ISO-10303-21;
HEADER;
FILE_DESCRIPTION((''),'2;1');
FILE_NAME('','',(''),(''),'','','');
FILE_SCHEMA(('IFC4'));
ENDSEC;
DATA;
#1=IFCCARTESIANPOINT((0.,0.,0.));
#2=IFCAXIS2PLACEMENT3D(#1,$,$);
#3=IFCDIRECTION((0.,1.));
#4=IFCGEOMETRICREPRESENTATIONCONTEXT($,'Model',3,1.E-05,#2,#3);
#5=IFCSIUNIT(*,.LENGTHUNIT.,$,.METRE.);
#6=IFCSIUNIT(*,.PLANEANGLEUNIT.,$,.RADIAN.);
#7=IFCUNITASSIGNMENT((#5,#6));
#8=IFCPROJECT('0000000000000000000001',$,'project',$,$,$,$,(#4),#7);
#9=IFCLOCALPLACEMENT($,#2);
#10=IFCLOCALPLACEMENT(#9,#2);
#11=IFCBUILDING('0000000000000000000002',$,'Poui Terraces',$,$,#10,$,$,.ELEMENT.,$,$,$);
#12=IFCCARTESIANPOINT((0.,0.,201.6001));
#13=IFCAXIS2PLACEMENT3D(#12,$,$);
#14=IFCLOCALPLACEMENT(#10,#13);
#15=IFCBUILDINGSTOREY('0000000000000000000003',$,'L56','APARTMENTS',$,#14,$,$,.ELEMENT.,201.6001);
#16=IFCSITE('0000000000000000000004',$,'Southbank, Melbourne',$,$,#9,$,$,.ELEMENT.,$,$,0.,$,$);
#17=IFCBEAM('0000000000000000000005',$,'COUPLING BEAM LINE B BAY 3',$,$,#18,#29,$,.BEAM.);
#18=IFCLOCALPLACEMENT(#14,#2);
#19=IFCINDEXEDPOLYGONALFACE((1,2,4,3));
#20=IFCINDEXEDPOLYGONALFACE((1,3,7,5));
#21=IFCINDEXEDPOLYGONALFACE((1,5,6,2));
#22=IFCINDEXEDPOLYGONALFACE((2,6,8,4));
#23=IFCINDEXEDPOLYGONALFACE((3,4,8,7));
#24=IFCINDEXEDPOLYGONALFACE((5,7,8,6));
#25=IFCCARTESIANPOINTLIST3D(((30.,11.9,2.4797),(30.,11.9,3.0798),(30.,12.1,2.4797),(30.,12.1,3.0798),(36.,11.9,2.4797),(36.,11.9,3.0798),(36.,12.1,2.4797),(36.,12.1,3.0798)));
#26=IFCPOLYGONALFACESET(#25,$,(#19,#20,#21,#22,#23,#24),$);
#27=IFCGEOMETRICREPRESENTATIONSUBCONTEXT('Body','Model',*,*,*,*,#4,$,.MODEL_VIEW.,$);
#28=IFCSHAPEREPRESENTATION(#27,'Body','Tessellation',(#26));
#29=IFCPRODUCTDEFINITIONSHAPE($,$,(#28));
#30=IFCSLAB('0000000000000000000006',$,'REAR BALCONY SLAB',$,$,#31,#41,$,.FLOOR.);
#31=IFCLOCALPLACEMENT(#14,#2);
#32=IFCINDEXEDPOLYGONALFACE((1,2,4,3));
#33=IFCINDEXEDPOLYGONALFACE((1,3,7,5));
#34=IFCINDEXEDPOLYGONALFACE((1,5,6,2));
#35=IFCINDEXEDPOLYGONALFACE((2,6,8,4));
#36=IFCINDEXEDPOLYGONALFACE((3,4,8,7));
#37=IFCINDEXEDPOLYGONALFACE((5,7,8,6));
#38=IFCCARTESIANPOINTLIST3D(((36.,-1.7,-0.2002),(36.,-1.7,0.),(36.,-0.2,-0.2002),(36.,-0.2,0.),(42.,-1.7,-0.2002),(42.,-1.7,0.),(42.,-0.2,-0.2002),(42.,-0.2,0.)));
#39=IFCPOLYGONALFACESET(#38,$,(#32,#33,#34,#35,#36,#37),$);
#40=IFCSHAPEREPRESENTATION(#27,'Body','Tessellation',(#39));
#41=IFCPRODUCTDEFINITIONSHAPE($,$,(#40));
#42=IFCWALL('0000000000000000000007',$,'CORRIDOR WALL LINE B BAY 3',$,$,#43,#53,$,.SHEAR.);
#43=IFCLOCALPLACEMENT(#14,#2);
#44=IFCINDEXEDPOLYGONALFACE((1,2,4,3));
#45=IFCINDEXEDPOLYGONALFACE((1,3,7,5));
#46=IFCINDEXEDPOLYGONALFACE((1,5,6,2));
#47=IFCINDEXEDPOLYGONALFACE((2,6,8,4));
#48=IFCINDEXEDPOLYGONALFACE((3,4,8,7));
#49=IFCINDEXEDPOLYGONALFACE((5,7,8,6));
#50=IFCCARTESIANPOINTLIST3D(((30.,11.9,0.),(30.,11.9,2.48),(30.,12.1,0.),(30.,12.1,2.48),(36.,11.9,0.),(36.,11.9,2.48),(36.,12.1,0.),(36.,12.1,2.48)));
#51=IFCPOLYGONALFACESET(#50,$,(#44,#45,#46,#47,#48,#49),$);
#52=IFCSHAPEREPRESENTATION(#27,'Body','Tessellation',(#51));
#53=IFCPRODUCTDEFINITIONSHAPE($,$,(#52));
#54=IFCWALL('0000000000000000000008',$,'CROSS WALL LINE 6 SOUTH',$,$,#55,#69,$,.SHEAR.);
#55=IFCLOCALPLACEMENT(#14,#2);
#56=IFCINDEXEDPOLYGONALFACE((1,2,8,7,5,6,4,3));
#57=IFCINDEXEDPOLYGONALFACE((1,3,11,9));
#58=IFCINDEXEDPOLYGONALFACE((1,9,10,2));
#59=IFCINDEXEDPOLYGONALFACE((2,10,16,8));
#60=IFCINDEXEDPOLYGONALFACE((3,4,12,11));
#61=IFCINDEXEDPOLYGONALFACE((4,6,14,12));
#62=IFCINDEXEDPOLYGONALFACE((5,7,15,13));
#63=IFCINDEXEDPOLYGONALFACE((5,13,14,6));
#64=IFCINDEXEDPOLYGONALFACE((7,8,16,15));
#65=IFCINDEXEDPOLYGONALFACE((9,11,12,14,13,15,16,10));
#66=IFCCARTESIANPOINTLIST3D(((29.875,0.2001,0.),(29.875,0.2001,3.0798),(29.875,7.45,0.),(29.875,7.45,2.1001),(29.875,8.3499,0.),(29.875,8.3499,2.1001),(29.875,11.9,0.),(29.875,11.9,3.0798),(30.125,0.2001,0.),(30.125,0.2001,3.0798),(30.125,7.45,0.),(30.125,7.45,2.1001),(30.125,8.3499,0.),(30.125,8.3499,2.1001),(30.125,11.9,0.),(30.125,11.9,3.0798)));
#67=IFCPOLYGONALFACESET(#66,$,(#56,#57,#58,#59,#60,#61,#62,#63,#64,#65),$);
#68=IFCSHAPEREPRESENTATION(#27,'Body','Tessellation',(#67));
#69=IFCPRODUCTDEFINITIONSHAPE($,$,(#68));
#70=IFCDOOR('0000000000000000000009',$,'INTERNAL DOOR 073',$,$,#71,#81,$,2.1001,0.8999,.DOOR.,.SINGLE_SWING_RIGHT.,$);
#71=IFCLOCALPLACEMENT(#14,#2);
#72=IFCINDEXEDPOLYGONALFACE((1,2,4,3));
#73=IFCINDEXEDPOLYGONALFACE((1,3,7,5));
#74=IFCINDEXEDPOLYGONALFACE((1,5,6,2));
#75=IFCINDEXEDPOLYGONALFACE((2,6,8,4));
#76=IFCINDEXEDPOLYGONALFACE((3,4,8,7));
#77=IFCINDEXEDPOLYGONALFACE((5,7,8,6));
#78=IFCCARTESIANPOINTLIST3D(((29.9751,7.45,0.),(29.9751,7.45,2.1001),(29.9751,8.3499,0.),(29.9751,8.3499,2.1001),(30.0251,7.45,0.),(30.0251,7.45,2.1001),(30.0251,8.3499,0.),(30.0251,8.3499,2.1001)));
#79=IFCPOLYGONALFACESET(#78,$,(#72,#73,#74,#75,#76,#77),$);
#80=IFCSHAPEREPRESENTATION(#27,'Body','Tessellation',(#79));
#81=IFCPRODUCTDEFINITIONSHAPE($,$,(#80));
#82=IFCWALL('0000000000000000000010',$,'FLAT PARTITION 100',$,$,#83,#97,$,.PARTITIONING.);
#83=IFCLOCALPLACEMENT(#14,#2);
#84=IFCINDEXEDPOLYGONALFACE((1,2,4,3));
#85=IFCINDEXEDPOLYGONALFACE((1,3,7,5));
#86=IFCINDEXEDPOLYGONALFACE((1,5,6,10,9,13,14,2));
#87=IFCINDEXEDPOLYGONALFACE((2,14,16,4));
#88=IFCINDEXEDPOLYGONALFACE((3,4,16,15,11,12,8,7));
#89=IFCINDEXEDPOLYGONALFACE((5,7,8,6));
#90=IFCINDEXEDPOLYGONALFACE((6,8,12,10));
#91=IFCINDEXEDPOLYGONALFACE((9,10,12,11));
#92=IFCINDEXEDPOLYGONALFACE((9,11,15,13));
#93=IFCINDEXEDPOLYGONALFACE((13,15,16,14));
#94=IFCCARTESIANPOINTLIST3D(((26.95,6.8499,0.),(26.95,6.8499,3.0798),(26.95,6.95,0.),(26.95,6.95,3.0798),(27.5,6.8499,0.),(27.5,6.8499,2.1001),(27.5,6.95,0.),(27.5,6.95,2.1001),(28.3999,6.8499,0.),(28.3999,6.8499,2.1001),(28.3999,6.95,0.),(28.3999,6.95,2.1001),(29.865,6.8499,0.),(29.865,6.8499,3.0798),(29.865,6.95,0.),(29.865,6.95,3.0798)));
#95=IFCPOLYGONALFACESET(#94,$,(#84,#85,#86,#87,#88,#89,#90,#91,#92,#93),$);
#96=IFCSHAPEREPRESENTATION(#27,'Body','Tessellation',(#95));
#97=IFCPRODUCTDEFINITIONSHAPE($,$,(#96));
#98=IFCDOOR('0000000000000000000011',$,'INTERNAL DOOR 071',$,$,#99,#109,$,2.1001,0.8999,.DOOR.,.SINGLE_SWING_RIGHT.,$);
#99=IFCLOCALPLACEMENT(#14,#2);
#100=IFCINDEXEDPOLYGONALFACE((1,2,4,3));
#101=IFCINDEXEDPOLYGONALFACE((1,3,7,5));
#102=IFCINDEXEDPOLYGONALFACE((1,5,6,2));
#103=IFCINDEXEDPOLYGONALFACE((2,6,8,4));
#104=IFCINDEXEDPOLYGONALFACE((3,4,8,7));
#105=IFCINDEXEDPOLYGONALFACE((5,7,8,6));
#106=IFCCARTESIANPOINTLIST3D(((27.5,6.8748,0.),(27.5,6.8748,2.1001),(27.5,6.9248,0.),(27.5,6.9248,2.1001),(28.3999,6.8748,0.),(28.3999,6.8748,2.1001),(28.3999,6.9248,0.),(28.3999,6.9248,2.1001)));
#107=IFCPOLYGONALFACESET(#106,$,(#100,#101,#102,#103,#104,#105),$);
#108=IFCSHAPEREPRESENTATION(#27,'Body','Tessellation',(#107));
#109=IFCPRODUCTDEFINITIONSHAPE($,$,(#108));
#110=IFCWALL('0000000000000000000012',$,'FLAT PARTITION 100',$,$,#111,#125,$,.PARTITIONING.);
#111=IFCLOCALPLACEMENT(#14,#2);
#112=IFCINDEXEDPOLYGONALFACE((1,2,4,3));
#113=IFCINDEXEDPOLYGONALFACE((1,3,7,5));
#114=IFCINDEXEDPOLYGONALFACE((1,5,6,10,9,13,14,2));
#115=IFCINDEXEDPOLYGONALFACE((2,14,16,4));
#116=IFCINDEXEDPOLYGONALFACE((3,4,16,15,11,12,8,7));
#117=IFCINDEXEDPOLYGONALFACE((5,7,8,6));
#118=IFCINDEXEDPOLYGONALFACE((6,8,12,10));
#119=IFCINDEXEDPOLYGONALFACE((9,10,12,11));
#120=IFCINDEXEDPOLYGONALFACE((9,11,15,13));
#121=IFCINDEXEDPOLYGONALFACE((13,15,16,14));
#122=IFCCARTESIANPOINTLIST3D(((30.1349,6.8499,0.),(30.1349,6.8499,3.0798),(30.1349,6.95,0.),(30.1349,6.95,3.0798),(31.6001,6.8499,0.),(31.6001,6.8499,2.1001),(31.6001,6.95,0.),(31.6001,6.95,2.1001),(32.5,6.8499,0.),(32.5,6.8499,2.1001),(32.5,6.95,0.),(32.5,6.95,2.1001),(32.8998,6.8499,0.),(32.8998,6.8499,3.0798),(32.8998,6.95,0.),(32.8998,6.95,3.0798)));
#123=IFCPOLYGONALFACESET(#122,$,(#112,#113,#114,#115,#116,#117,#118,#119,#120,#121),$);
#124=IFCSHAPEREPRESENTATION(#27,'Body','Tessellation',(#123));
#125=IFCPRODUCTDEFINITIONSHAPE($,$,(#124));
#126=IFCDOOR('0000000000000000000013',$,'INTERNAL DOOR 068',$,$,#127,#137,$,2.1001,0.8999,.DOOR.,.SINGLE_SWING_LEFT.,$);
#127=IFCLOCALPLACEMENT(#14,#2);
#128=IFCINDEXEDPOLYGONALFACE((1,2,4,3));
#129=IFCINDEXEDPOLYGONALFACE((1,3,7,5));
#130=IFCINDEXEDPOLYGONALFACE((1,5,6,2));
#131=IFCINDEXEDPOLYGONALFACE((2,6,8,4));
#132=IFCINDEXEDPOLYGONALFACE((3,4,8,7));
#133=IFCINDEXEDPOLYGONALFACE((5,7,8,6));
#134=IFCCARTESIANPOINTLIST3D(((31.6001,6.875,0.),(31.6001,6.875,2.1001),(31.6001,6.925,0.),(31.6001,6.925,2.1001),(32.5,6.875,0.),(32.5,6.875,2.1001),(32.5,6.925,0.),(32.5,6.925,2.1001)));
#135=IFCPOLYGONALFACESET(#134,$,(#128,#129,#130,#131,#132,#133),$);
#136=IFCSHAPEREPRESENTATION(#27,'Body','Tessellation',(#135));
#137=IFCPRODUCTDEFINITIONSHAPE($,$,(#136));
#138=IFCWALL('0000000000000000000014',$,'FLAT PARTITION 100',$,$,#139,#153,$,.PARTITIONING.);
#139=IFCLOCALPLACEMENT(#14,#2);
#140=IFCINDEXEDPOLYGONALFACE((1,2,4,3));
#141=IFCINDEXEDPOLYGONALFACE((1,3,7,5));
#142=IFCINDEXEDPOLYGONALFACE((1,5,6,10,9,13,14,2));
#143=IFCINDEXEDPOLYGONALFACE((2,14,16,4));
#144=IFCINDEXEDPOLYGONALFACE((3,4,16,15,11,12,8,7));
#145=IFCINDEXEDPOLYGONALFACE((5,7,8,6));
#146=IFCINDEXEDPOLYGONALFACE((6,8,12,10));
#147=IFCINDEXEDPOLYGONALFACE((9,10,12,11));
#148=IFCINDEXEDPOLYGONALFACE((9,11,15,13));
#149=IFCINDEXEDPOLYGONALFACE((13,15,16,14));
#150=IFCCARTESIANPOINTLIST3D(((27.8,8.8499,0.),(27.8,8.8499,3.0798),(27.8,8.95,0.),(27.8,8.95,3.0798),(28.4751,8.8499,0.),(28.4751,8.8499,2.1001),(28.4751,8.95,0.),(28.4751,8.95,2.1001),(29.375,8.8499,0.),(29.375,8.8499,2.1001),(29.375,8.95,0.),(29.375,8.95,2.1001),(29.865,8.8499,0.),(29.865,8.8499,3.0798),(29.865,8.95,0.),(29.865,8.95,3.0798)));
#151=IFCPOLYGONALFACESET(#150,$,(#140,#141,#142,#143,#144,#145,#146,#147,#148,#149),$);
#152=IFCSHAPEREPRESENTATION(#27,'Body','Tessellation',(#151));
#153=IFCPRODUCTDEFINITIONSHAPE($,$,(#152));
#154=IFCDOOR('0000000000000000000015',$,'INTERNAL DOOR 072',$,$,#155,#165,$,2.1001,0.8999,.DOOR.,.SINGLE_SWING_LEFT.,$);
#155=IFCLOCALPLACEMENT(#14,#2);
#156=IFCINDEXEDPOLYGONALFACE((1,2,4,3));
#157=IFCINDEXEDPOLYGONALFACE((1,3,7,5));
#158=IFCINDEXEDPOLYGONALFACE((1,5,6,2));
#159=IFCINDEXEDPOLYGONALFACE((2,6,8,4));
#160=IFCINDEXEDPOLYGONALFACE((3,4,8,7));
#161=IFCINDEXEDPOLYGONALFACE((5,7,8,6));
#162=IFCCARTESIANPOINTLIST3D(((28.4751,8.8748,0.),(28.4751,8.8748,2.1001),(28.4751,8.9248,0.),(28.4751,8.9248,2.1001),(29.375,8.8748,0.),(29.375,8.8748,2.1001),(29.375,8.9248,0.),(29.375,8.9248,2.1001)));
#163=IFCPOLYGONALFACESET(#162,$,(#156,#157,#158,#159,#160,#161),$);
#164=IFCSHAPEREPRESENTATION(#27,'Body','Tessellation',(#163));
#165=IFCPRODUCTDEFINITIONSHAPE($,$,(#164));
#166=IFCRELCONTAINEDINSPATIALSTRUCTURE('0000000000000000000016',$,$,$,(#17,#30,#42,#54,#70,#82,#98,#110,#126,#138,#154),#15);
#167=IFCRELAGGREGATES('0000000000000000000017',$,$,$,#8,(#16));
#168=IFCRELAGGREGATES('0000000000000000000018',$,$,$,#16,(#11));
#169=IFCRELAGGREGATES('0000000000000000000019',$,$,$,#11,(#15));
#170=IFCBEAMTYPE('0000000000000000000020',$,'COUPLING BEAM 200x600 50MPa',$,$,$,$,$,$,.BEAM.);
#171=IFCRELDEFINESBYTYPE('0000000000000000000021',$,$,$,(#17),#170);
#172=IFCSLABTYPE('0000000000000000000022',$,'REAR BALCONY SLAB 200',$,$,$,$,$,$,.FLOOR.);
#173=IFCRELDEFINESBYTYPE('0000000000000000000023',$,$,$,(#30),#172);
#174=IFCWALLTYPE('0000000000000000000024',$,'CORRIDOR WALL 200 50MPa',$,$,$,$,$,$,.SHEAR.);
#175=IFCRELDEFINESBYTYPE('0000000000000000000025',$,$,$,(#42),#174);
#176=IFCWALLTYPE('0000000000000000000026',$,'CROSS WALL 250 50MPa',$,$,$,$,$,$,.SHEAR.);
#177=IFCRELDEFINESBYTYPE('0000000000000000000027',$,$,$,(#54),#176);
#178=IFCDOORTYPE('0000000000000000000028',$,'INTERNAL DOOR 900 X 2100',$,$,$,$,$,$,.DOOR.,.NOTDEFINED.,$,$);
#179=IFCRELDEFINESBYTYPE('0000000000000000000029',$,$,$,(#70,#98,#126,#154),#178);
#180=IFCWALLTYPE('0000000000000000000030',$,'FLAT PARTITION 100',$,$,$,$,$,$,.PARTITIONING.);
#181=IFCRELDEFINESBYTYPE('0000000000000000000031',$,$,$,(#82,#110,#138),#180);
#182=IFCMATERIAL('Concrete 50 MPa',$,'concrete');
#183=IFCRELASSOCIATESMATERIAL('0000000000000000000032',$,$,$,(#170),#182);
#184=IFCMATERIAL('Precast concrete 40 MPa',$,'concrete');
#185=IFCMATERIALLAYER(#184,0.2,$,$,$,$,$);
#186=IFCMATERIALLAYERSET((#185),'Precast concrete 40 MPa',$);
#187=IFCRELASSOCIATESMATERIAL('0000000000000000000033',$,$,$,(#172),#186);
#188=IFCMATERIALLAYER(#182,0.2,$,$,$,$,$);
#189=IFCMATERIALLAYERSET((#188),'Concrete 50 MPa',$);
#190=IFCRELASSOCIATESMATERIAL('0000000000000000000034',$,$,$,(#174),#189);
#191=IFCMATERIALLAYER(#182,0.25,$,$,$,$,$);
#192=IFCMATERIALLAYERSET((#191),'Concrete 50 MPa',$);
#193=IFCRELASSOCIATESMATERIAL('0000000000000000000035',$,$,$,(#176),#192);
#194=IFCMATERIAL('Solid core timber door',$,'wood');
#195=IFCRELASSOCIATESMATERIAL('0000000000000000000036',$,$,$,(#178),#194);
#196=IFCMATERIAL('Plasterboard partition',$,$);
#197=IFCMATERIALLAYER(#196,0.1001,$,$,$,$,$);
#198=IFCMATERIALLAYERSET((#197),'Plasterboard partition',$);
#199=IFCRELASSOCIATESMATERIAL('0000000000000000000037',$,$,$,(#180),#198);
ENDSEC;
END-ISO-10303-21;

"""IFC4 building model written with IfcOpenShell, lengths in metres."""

from ifc_helpers import new_model, si_unit, direction, frame, frame_2d, origin, origin_2d, place, context, subcontext, project, spatial, polyline, rectangle, outline, extrude, source, transform, mapped, material, layer, layer_set, material_profile, profile_set, type_object, element, fill, save


model = new_model("IFC4")

# Units and contexts
model_context = context("Model", 3, precision=1e-05, world=origin(), true_north=direction((0.0, 1.0)))
body_context = subcontext(model_context, "Body", "Model", "MODEL_VIEW")
ifc_project = project(units=[si_unit("LENGTHUNIT", "METRE"), si_unit("PLANEANGLEUNIT", "RADIAN")], contexts=[model_context])

# Site, building, storey
site_placement = place(None, origin())
site = spatial("IfcSite", under=ifc_project, at=site_placement, Name="Southbank, Melbourne", CompositionType="ELEMENT", RefElevation=0.0)
building_placement = place(site_placement, origin())
building = spatial("IfcBuilding", under=site, at=building_placement, Name="Poui Terraces", CompositionType="ELEMENT")
storey_placement = place(building_placement, frame((0.0, 0.0, 201.6001)))
storey = spatial("IfcBuildingStorey", under=building, at=storey_placement, Name="L56", Description="APARTMENTS", CompositionType="ELEMENT", Elevation=201.6001)

# Beam
ifc_material_1 = material(Name="Concrete 50 MPa", Category="concrete")
ifc_material_profile_1 = material_profile(ifc_material_1, rectangle(XDim=0.2, YDim=0.6001, at=origin_2d()), Name="RC 200x600")
ifc_profile_set_1 = profile_set([ifc_material_profile_1], Name="Concrete 50 MPa")
beam_type = type_object("IfcBeamType", Name="COUPLING BEAM 200x600 50MPa", PredefinedType="BEAM", material=ifc_profile_set_1)
shared_shape_1 = source(origin(), body_context, "Body", "SweptSolid", [
    extrude(rectangle(XDim=0.2, YDim=0.6001, at=origin_2d()), origin(), (0.0, 0.0, 1.0), 6.0),
])
beam_placement = place(storey_placement, frame((30.0, 12.0, 2.7798), z_axis=(1.0, 0.0, 0.0), x_axis=(0.0, 1.0, 0.0)))
element("IfcBeam", 1, at=beam_placement, inside=storey, type_object=beam_type, Name="COUPLING BEAM LINE B BAY 3", PredefinedType="BEAM", context=body_context, shape_type="MappedRepresentation", body=[
    mapped(shared_shape_1, transform((0.0, 0.0, 0.0))),
])

# Slab
ifc_material_2 = material(Name="Precast concrete 40 MPa", Category="concrete")
ifc_layer_1 = layer(ifc_material_2, 0.2)
ifc_layer_set_1 = layer_set([ifc_layer_1], Name="Precast concrete 40 MPa")
slab_type = type_object("IfcSlabType", Name="REAR BALCONY SLAB 200", PredefinedType="FLOOR", material=ifc_layer_set_1)
shared_shape_2 = source(origin(), body_context, "Body", "SweptSolid", [
    extrude(outline(polyline([(0.0, 0.0), (6.0, 0.0), (6.0, 1.5), (0.0, 1.5), (0.0, 0.0)])), origin(), (0.0, 0.0, 1.0), 0.2002),
])
slab_placement = place(storey_placement, frame((36.0, -1.7, -0.2002)))
element("IfcSlab", 2, at=slab_placement, inside=storey, type_object=slab_type, Name="REAR BALCONY SLAB", PredefinedType="FLOOR", context=body_context, shape_type="MappedRepresentation", body=[
    mapped(shared_shape_2, transform((0.0, 0.0, 0.0))),
])

# Wall
ifc_layer_2 = layer(ifc_material_1, 0.2)
ifc_layer_set_2 = layer_set([ifc_layer_2], Name="Concrete 50 MPa")
wall_type_1 = type_object("IfcWallType", Name="CORRIDOR WALL 200 50MPa", PredefinedType="SHEAR", material=ifc_layer_set_2)
wall_1_placement = place(storey_placement, frame((30.0, 12.0, 0.0), z_axis=(0.0, 0.0, 1.0), x_axis=(1.0, 0.0, 0.0)))
element("IfcWall", 3, at=wall_1_placement, inside=storey, type_object=wall_type_1, Name="CORRIDOR WALL LINE B BAY 3", PredefinedType="SHEAR", context=body_context, shape_type="SweptSolid", body=[
    extrude(rectangle(XDim=6.0, YDim=0.2, at=frame_2d((3.0, 0.0))), origin(), (0.0, 0.0, 1.0), 2.48),
])

# Walls, openings, doors
ifc_layer_3 = layer(ifc_material_1, 0.25)
ifc_layer_set_3 = layer_set([ifc_layer_3], Name="Concrete 50 MPa")
wall_type_2 = type_object("IfcWallType", Name="CROSS WALL 250 50MPa", PredefinedType="SHEAR", material=ifc_layer_set_3)
wall_2_placement = place(storey_placement, frame((30.0, 0.2, 0.0), z_axis=(0.0, 0.0, 1.0), x_axis=(0.0, 1.0, 0.0)))
wall_2 = element("IfcWall", 4, at=wall_2_placement, inside=storey, type_object=wall_type_2, Name="CROSS WALL LINE 6 SOUTH", PredefinedType="SHEAR", context=body_context, shape_type="SweptSolid", body=[
    extrude(rectangle(XDim=11.7, YDim=0.25, at=frame_2d((5.8501, 0.0))), origin(), (0.0, 0.0, 1.0), 3.0798),
])
opening_1_placement = place(wall_2_placement, frame((7.25, 0.0, 0.0)))
opening_1 = element("IfcOpeningElement", 5, at=opening_1_placement, cuts=wall_2, PredefinedType="OPENING", context=body_context, shape_type="SweptSolid", body=[
    extrude(rectangle(XDim=0.8999, YDim=2.1001, at=frame_2d((0.45, 1.05))), frame((0.0, 0.135, 0.0), z_axis=(0.0, -1.0, 0.0), x_axis=(1.0, 0.0, 0.0)), (0.0, 0.0, 1.0), 0.27),
])
ifc_material_3 = material(Name="Solid core timber door", Category="wood")
door_type_1 = type_object("IfcDoorType", Name="INTERNAL DOOR 900 X 2100", OperationType="NOTDEFINED", PredefinedType="DOOR", material=ifc_material_3)
door_1_placement = place(opening_1_placement, origin())
door_1 = element("IfcDoor", 6, at=door_1_placement, inside=storey, type_object=door_type_1, Name="INTERNAL DOOR 073", OperationType="SINGLE_SWING_RIGHT", OverallHeight=2.1001, OverallWidth=0.8999, PredefinedType="DOOR", context=body_context, shape_type="SweptSolid", body=[
    extrude(rectangle(XDim=0.8999, YDim=2.1001, at=frame_2d((0.45, 1.05))), frame((0.0, 0.0249, 0.0), z_axis=(0.0, -1.0, 0.0), x_axis=(1.0, 0.0, 0.0)), (0.0, 0.0, 1.0), 0.05),
])
fill(opening_1, door_1)
ifc_material_4 = material(Name="Plasterboard partition")
ifc_layer_4 = layer(ifc_material_4, 0.1001)
ifc_layer_set_4 = layer_set([ifc_layer_4], Name="Plasterboard partition")
wall_type_3 = type_object("IfcWallType", Name="FLAT PARTITION 100", PredefinedType="PARTITIONING", material=ifc_layer_set_4)
wall_3_placement = place(storey_placement, frame((26.95, 6.8999, 0.0), z_axis=(0.0, 0.0, 1.0), x_axis=(1.0, 0.0, 0.0)))
wall_3 = element("IfcWall", 7, at=wall_3_placement, inside=storey, type_object=wall_type_3, Name="FLAT PARTITION 100", PredefinedType="PARTITIONING", context=body_context, shape_type="SweptSolid", body=[
    extrude(rectangle(XDim=2.915, YDim=0.1001, at=frame_2d((1.4575, 0.0))), origin(), (0.0, 0.0, 1.0), 3.0798),
])
opening_2_placement = place(wall_3_placement, frame((0.55, 0.0, 0.0)))
opening_2 = element("IfcOpeningElement", 8, at=opening_2_placement, cuts=wall_3, PredefinedType="OPENING", context=body_context, shape_type="SweptSolid", body=[
    extrude(rectangle(XDim=0.8999, YDim=2.1001, at=frame_2d((0.45, 1.05))), frame((0.0, 0.0601, 0.0), z_axis=(0.0, -1.0, 0.0), x_axis=(1.0, 0.0, 0.0)), (0.0, 0.0, 1.0), 0.1201),
])
door_2_placement = place(opening_2_placement, origin())
door_2 = element("IfcDoor", 9, at=door_2_placement, inside=storey, type_object=door_type_1, Name="INTERNAL DOOR 071", OperationType="SINGLE_SWING_RIGHT", OverallHeight=2.1001, OverallWidth=0.8999, PredefinedType="DOOR", context=body_context, shape_type="SweptSolid", body=[
    extrude(rectangle(XDim=0.8999, YDim=2.1001, at=frame_2d((0.45, 1.05))), frame((0.0, 0.0249, 0.0), z_axis=(0.0, -1.0, 0.0), x_axis=(1.0, 0.0, 0.0)), (0.0, 0.0, 1.0), 0.05),
])
fill(opening_2, door_2)
wall_4_placement = place(storey_placement, frame((30.135, 6.8999, 0.0), z_axis=(0.0, 0.0, 1.0), x_axis=(1.0, 0.0, 0.0)))
wall_4 = element("IfcWall", 10, at=wall_4_placement, inside=storey, type_object=wall_type_3, Name="FLAT PARTITION 100", PredefinedType="PARTITIONING", context=body_context, shape_type="SweptSolid", body=[
    extrude(rectangle(XDim=2.7649, YDim=0.1001, at=frame_2d((1.3823, 0.0))), origin(), (0.0, 0.0, 1.0), 3.0798),
])
opening_3_placement = place(wall_4_placement, frame((1.4651, 0.0, 0.0)))
opening_3 = element("IfcOpeningElement", 11, at=opening_3_placement, cuts=wall_4, PredefinedType="OPENING", context=body_context, shape_type="SweptSolid", body=[
    extrude(rectangle(XDim=0.8999, YDim=2.1001, at=frame_2d((0.45, 1.05))), frame((0.0, 0.0601, 0.0), z_axis=(0.0, -1.0, 0.0), x_axis=(1.0, 0.0, 0.0)), (0.0, 0.0, 1.0), 0.1201),
])
door_3_placement = place(opening_3_placement, frame((0.8999, 0.0, 0.0), z_axis=(0.0, 0.0, 1.0), x_axis=(-1.0, 0.0, 0.0)))
door_3 = element("IfcDoor", 12, at=door_3_placement, inside=storey, type_object=door_type_1, Name="INTERNAL DOOR 068", OperationType="SINGLE_SWING_LEFT", OverallHeight=2.1001, OverallWidth=0.8999, PredefinedType="DOOR", context=body_context, shape_type="SweptSolid", body=[
    extrude(rectangle(XDim=0.8999, YDim=2.1001, at=frame_2d((0.45, 1.05))), frame((0.0, 0.0249, 0.0), z_axis=(0.0, -1.0, 0.0), x_axis=(1.0, 0.0, 0.0)), (0.0, 0.0, 1.0), 0.05),
])
fill(opening_3, door_3)
wall_5_placement = place(storey_placement, frame((27.8, 8.8999, 0.0), z_axis=(0.0, 0.0, 1.0), x_axis=(1.0, 0.0, 0.0)))
wall_5 = element("IfcWall", 13, at=wall_5_placement, inside=storey, type_object=wall_type_3, Name="FLAT PARTITION 100", PredefinedType="PARTITIONING", context=body_context, shape_type="SweptSolid", body=[
    extrude(rectangle(XDim=2.0649, YDim=0.1001, at=frame_2d((1.0325, 0.0))), origin(), (0.0, 0.0, 1.0), 3.0798),
])
opening_4_placement = place(wall_5_placement, frame((0.675, 0.0, 0.0)))
opening_4 = element("IfcOpeningElement", 14, at=opening_4_placement, cuts=wall_5, PredefinedType="OPENING", context=body_context, shape_type="SweptSolid", body=[
    extrude(rectangle(XDim=0.8999, YDim=2.1001, at=frame_2d((0.45, 1.05))), frame((0.0, 0.0601, 0.0), z_axis=(0.0, -1.0, 0.0), x_axis=(1.0, 0.0, 0.0)), (0.0, 0.0, 1.0), 0.1201),
])
door_4_placement = place(opening_4_placement, origin())
door_4 = element("IfcDoor", 15, at=door_4_placement, inside=storey, type_object=door_type_1, Name="INTERNAL DOOR 072", OperationType="SINGLE_SWING_LEFT", OverallHeight=2.1001, OverallWidth=0.8999, PredefinedType="DOOR", context=body_context, shape_type="SweptSolid", body=[
    extrude(rectangle(XDim=0.8999, YDim=2.1001, at=frame_2d((0.45, 1.05))), frame((0.0, 0.0249, 0.0), z_axis=(0.0, -1.0, 0.0), x_axis=(1.0, 0.0, 0.0)), (0.0, 0.0, 1.0), 0.05),
])
fill(opening_4, door_4)

save(model, "model.ifc")
